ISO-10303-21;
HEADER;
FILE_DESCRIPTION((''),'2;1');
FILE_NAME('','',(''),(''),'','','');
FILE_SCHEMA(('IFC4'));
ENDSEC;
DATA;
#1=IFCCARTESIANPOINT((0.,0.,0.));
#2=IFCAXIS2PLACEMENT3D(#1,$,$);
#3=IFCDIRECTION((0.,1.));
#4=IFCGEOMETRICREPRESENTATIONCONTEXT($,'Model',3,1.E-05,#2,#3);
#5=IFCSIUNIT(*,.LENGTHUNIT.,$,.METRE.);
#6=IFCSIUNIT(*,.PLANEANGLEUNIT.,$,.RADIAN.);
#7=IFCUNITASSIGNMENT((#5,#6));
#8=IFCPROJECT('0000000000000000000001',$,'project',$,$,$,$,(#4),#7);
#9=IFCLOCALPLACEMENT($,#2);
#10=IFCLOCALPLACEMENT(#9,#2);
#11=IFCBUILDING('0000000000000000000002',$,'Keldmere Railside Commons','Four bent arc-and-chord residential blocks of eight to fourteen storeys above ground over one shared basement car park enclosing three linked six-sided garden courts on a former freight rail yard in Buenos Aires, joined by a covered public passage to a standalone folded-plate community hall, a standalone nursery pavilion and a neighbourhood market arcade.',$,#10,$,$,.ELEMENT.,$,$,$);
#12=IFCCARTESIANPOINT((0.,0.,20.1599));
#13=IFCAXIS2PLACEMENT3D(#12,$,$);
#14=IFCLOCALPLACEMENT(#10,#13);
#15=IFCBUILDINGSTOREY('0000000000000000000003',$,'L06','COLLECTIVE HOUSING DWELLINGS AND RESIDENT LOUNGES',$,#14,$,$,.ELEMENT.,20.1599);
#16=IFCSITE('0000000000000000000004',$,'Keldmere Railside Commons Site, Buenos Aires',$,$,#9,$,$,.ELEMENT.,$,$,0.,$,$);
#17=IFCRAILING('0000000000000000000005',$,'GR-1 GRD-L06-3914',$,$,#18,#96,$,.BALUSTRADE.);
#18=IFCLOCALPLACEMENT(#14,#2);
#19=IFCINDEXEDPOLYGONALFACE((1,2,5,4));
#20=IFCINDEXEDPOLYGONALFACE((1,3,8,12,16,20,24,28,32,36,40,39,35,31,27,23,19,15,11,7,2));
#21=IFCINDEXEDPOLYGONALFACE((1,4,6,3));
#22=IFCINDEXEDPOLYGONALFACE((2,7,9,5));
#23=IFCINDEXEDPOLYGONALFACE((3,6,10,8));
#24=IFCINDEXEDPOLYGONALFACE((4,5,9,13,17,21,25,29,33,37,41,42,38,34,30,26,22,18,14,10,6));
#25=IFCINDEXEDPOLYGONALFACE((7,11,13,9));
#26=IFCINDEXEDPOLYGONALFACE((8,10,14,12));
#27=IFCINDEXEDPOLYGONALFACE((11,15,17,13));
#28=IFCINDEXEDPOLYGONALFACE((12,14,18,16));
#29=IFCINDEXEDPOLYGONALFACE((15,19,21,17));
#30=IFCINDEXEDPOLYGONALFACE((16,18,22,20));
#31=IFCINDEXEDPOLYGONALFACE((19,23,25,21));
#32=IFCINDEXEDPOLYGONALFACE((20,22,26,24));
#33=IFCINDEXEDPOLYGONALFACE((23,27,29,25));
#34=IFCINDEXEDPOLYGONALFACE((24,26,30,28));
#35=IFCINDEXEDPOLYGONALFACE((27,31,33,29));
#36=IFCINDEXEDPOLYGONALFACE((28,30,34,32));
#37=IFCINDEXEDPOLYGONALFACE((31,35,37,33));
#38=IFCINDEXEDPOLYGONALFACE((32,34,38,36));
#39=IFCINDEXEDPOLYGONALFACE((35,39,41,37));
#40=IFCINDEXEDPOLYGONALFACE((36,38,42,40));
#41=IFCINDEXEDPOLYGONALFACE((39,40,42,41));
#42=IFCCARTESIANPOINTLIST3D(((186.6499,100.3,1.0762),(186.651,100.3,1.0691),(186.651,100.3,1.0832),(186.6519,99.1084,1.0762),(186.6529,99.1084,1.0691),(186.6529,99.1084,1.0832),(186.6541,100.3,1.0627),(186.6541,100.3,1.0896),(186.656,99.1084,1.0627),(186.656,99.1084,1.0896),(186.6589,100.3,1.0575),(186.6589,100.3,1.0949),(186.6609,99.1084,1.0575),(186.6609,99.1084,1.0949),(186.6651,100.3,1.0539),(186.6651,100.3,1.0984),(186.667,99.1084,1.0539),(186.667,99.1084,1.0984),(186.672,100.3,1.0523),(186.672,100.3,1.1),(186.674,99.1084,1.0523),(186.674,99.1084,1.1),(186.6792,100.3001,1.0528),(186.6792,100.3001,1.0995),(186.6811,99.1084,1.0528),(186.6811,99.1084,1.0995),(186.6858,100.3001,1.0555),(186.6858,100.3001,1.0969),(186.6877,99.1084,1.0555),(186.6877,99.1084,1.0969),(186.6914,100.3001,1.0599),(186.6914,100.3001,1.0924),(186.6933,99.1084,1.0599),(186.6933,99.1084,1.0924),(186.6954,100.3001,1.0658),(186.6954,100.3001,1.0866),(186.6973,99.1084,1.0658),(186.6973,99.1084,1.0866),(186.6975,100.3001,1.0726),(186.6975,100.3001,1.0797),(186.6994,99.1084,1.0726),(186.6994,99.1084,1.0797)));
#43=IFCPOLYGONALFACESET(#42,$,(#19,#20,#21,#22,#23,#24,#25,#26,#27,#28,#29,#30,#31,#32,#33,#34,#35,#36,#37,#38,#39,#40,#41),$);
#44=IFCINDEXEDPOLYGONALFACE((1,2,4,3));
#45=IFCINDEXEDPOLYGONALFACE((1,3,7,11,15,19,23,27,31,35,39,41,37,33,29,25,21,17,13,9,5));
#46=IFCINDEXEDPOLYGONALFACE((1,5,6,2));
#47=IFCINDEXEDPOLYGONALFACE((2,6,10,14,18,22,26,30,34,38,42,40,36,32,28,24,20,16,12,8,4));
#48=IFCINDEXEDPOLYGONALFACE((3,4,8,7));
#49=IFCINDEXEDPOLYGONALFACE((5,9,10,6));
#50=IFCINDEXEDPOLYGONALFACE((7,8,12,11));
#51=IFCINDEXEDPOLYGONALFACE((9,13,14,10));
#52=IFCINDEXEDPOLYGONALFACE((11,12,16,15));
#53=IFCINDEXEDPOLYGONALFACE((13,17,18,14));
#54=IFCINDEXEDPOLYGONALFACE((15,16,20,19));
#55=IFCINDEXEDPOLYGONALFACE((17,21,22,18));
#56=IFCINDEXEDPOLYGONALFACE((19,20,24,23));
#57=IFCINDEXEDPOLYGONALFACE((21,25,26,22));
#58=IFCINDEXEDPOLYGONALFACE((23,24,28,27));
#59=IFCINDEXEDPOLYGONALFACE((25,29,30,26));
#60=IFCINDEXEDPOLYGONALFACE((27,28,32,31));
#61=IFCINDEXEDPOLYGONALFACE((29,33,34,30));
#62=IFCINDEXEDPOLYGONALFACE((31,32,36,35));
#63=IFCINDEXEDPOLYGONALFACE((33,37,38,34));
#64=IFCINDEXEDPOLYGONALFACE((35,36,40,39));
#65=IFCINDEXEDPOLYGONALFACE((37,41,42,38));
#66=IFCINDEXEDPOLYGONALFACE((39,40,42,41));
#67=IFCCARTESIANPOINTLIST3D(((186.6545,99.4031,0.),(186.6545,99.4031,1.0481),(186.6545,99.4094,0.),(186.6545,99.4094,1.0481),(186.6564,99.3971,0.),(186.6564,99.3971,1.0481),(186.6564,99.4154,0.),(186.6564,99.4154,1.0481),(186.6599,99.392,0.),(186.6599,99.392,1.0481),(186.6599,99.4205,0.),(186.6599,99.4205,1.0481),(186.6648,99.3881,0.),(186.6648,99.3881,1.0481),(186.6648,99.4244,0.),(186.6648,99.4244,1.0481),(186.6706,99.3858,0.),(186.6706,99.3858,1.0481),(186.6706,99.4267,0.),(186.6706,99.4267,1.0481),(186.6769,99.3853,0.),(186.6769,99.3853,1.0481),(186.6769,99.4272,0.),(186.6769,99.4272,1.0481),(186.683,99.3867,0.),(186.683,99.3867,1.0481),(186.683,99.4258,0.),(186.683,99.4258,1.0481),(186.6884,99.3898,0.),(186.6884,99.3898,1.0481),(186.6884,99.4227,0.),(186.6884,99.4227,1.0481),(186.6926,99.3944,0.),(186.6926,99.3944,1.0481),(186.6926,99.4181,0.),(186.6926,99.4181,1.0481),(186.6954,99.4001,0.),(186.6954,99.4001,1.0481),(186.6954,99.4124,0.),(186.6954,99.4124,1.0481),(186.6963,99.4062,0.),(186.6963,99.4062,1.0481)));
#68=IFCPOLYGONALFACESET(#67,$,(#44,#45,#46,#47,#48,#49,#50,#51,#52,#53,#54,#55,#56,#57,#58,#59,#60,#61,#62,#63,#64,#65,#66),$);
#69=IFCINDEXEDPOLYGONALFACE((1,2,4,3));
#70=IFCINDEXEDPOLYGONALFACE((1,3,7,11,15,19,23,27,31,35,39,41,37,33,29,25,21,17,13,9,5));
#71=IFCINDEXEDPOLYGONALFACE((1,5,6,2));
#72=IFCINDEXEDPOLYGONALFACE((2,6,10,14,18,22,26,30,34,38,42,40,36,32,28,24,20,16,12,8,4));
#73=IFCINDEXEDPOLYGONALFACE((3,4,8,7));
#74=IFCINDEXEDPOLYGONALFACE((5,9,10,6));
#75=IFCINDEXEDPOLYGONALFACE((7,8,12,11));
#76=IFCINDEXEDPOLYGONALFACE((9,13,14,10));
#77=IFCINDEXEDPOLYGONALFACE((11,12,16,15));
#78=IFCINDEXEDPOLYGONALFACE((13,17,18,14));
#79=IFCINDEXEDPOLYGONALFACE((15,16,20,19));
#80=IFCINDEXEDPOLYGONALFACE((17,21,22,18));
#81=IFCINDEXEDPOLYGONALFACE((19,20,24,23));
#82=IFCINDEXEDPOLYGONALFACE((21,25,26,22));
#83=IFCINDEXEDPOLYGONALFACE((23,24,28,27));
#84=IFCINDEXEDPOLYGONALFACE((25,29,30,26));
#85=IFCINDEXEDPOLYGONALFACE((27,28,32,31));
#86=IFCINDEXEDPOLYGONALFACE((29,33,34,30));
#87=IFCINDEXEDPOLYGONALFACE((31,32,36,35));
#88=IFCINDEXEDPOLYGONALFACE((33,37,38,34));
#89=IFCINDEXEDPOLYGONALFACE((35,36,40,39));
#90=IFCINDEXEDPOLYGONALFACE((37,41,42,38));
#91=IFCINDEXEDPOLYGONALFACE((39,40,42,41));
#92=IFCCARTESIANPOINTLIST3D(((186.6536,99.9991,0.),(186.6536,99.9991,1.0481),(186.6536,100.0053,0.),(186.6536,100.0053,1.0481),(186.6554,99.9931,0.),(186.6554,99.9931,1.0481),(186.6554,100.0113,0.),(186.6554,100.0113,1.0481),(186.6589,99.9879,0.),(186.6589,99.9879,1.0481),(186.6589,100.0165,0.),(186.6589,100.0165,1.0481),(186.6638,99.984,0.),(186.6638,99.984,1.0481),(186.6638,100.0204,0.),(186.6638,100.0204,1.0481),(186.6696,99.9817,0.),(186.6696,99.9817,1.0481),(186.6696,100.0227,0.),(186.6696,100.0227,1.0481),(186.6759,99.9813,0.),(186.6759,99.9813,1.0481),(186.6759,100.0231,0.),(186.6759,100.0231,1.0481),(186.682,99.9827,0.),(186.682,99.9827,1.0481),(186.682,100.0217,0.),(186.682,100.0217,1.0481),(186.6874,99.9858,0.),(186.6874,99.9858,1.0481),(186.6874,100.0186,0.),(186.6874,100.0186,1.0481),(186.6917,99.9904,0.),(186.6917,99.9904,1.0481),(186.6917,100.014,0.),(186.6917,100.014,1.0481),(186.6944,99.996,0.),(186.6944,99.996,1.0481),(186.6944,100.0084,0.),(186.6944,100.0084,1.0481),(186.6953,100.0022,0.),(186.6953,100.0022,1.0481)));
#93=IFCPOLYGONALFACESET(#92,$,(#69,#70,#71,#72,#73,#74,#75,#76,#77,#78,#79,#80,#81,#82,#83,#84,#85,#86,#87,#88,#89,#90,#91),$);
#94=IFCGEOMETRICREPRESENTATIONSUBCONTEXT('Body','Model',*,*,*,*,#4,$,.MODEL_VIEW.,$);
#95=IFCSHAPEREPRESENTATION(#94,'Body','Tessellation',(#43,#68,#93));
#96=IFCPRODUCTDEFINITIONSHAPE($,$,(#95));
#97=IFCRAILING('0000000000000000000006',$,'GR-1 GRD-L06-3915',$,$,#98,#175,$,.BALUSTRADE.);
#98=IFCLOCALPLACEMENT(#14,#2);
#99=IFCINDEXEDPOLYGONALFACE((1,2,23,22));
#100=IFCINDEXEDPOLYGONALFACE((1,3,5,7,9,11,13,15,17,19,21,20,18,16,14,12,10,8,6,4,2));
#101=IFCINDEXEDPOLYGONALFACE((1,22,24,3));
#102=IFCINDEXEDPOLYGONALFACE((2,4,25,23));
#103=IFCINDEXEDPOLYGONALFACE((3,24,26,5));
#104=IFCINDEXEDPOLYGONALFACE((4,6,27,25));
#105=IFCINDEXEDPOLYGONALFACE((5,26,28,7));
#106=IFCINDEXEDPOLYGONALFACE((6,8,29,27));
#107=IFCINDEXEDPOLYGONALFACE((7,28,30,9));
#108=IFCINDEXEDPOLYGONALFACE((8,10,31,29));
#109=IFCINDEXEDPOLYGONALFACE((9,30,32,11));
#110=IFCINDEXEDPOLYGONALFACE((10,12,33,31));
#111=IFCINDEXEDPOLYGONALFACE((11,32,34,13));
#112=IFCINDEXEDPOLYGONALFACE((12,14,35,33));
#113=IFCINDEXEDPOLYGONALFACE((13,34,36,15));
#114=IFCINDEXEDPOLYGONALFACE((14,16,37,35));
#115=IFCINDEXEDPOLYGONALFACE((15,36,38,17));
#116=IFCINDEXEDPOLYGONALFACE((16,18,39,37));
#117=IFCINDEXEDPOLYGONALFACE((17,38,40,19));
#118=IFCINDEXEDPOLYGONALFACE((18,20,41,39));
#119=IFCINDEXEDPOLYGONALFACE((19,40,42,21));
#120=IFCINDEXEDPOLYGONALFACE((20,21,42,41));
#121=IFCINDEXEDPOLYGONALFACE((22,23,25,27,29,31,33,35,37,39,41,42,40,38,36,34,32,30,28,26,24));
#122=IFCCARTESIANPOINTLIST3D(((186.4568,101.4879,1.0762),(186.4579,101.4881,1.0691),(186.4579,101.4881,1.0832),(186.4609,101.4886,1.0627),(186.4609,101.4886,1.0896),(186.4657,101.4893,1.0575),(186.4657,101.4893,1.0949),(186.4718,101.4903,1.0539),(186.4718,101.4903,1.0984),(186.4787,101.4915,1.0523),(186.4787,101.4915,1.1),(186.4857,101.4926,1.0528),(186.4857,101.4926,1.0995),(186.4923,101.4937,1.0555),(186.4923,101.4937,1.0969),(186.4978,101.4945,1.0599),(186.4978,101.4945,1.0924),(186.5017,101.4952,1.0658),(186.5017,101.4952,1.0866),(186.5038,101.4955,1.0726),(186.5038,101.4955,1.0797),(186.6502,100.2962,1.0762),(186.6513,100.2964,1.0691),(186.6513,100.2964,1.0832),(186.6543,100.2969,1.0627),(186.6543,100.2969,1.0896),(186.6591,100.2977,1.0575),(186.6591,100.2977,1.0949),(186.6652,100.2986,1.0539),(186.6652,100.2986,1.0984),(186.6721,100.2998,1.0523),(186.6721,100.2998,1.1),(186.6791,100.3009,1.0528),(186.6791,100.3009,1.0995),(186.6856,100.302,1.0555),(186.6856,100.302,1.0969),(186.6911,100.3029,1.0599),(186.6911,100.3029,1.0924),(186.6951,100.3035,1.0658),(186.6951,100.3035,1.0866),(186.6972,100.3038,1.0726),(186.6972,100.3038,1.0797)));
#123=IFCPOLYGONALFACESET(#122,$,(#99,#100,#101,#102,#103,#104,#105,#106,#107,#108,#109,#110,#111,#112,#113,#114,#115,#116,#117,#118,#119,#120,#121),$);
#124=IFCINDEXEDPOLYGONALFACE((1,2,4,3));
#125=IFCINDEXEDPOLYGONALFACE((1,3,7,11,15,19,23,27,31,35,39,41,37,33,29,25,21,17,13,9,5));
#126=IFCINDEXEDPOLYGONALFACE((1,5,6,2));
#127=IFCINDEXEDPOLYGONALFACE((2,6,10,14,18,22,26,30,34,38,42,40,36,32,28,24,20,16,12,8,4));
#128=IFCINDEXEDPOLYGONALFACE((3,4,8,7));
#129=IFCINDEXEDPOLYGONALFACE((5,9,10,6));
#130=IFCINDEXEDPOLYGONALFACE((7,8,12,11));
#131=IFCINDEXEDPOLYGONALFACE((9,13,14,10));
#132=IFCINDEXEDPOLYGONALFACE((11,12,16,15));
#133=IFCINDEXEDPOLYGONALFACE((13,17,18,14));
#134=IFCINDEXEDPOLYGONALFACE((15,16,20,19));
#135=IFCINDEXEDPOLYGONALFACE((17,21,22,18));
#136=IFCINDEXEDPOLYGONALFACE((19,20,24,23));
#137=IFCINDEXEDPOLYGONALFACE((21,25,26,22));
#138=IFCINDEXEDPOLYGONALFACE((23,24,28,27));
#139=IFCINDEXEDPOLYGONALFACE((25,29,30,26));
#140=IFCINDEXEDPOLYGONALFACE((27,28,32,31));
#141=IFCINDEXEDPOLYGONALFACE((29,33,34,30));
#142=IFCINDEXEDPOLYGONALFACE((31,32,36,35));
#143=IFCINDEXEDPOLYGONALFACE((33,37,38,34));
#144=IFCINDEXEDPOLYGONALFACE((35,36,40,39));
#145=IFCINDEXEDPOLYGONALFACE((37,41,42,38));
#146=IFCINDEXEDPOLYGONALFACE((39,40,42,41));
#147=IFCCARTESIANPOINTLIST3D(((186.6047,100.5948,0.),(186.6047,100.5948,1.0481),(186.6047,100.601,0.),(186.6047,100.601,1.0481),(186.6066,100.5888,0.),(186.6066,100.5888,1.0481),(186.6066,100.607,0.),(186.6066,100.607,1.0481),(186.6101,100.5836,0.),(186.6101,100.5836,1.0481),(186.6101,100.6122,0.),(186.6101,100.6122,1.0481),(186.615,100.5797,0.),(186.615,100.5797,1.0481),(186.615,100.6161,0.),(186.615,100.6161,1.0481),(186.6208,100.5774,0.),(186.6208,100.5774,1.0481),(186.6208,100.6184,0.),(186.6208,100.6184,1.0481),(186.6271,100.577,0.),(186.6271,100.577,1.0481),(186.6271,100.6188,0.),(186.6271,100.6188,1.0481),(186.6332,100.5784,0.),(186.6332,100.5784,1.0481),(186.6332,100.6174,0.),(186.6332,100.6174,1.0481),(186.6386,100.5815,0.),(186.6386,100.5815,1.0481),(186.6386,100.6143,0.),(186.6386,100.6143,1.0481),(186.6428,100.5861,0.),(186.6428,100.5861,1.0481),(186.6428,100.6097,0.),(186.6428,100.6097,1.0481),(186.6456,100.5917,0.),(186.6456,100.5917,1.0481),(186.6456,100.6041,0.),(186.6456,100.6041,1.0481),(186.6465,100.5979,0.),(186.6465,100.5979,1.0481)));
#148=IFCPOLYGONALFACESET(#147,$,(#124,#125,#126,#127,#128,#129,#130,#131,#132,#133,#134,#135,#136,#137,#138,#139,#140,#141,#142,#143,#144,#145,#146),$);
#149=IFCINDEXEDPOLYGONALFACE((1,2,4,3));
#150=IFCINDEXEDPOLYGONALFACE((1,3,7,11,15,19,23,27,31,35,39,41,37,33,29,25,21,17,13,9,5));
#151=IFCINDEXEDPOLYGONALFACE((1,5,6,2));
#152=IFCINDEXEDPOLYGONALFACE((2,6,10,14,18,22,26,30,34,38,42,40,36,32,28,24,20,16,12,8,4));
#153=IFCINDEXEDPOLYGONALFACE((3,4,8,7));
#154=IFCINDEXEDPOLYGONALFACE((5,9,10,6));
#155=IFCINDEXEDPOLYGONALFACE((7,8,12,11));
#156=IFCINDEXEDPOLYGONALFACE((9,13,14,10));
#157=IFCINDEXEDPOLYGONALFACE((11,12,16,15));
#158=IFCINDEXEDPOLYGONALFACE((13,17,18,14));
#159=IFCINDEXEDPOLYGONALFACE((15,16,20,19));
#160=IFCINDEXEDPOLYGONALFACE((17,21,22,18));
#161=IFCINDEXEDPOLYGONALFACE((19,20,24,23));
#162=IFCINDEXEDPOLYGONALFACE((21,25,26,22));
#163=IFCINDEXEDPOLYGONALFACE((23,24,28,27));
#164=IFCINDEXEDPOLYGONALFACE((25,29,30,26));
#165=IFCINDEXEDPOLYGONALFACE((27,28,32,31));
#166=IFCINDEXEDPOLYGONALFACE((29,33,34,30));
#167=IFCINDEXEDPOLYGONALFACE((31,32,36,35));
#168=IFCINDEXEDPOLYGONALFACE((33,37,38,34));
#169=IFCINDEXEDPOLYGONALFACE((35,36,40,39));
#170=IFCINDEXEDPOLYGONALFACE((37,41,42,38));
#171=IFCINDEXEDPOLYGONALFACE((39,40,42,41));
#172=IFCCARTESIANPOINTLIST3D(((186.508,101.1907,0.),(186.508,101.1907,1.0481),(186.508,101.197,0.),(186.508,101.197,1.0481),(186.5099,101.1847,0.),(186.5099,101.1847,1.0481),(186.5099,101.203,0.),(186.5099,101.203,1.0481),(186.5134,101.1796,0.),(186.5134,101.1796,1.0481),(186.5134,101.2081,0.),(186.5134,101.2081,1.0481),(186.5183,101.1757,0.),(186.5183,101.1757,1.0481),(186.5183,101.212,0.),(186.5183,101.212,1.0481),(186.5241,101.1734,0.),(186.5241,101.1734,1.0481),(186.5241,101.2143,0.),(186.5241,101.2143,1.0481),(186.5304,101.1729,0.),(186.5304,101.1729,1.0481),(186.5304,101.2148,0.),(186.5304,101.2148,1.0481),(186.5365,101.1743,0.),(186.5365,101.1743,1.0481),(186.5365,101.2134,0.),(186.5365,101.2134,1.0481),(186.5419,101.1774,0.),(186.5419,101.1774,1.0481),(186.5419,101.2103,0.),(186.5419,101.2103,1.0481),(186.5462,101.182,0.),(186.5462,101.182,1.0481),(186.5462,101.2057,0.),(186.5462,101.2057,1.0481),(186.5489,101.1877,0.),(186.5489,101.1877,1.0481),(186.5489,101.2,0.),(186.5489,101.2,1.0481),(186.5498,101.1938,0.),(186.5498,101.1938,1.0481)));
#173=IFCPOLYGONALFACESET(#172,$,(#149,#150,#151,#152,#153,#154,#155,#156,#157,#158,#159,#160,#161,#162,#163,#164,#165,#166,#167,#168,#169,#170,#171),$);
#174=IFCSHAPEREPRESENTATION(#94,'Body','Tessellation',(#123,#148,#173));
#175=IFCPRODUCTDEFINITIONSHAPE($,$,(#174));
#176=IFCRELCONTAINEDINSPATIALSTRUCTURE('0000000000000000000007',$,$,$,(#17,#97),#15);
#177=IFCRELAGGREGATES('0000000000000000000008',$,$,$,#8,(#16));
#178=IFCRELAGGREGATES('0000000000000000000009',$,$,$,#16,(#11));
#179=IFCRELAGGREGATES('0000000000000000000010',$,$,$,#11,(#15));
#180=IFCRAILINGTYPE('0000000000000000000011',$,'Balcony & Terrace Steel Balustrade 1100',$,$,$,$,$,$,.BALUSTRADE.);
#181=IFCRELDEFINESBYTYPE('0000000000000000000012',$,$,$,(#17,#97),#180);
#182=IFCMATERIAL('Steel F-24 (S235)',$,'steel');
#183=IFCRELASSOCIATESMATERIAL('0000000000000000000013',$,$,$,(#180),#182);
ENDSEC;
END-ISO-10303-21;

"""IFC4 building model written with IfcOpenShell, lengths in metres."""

from ifc_helpers import new_model, si_unit, direction, frame, origin, origin_2d, place, context, subcontext, project, spatial, circle, extrude, material, type_object, element, save


model = new_model("IFC4")

# Units and contexts
model_context = context("Model", 3, precision=1e-05, world=origin(), true_north=direction((0.0, 1.0)))
body_context = subcontext(model_context, "Body", "Model", "MODEL_VIEW")
ifc_project = project(units=[si_unit("LENGTHUNIT", "METRE"), si_unit("PLANEANGLEUNIT", "RADIAN")], contexts=[model_context])

# Site, building, storey
site_placement = place(None, origin())
site = spatial("IfcSite", under=ifc_project, at=site_placement, Name="Keldmere Railside Commons Site, Buenos Aires", CompositionType="ELEMENT", RefElevation=0.0)
building_placement = place(site_placement, origin())
building = spatial("IfcBuilding", under=site, at=building_placement, Name="Keldmere Railside Commons", Description="Four bent arc-and-chord residential blocks of eight to fourteen storeys above ground over one shared basement car park enclosing three linked six-sided garden courts on a former freight rail yard in Buenos Aires, joined by a covered public passage to a standalone folded-plate community hall, a standalone nursery pavilion and a neighbourhood market arcade.", CompositionType="ELEMENT")
storey_placement = place(building_placement, frame((0.0, 0.0, 20.1599)))
storey = spatial("IfcBuildingStorey", under=building, at=storey_placement, Name="L06", Description="COLLECTIVE HOUSING DWELLINGS AND RESIDENT LOUNGES", CompositionType="ELEMENT", Elevation=20.1599)

# Railings
ifc_material_1 = material(Name="Steel F-24 (S235)", Category="steel")
railing_type = type_object("IfcRailingType", Name="Balcony & Terrace Steel Balustrade 1100", PredefinedType="BALUSTRADE", material=ifc_material_1)
railing_1_placement = place(storey_placement, frame((186.6758, 99.1084, 0.0)))
element("IfcRailing", 1, at=railing_1_placement, inside=storey, type_object=railing_type, Name="GR-1 GRD-L06-3914", PredefinedType="BALUSTRADE", context=body_context, shape_type="SweptSolid", body=[
    extrude(circle(Radius=0.0239, at=origin_2d()), frame((0.0, 0.0, 1.0762), z_axis=(-0.001639, 0.999999, 0.0), x_axis=(-0.999999, -0.001639, 0.0)), (0.0, 0.0, 1.0), 1.1917),
    extrude(circle(Radius=0.021, at=origin_2d()), frame((-0.0005, 0.2979, 0.0)), (0.0, 0.0, 1.0), 1.0481),
    extrude(circle(Radius=0.021, at=origin_2d()), frame((-0.0015, 0.8938, 0.0)), (0.0, 0.0, 1.0), 1.0481),
])
railing_2_placement = place(storey_placement, frame((186.6738, 100.3, 0.0)))
element("IfcRailing", 2, at=railing_2_placement, inside=storey, type_object=railing_type, Name="GR-1 GRD-L06-3915", PredefinedType="BALUSTRADE", context=body_context, shape_type="SweptSolid", body=[
    extrude(circle(Radius=0.0239, at=origin_2d()), frame((0.0, 0.0, 1.0762), z_axis=(-0.160167, 0.98709, 0.0), x_axis=(-0.98709, -0.160167, 0.0)), (0.0, 0.0, 1.0), 1.2073),
    extrude(circle(Radius=0.021, at=origin_2d()), frame((-0.0483, 0.2979, 0.0)), (0.0, 0.0, 1.0), 1.0481),
    extrude(circle(Radius=0.021, at=origin_2d()), frame((-0.145, 0.8938, 0.0)), (0.0, 0.0, 1.0), 1.0481),
])

save(model, "model.ifc")
